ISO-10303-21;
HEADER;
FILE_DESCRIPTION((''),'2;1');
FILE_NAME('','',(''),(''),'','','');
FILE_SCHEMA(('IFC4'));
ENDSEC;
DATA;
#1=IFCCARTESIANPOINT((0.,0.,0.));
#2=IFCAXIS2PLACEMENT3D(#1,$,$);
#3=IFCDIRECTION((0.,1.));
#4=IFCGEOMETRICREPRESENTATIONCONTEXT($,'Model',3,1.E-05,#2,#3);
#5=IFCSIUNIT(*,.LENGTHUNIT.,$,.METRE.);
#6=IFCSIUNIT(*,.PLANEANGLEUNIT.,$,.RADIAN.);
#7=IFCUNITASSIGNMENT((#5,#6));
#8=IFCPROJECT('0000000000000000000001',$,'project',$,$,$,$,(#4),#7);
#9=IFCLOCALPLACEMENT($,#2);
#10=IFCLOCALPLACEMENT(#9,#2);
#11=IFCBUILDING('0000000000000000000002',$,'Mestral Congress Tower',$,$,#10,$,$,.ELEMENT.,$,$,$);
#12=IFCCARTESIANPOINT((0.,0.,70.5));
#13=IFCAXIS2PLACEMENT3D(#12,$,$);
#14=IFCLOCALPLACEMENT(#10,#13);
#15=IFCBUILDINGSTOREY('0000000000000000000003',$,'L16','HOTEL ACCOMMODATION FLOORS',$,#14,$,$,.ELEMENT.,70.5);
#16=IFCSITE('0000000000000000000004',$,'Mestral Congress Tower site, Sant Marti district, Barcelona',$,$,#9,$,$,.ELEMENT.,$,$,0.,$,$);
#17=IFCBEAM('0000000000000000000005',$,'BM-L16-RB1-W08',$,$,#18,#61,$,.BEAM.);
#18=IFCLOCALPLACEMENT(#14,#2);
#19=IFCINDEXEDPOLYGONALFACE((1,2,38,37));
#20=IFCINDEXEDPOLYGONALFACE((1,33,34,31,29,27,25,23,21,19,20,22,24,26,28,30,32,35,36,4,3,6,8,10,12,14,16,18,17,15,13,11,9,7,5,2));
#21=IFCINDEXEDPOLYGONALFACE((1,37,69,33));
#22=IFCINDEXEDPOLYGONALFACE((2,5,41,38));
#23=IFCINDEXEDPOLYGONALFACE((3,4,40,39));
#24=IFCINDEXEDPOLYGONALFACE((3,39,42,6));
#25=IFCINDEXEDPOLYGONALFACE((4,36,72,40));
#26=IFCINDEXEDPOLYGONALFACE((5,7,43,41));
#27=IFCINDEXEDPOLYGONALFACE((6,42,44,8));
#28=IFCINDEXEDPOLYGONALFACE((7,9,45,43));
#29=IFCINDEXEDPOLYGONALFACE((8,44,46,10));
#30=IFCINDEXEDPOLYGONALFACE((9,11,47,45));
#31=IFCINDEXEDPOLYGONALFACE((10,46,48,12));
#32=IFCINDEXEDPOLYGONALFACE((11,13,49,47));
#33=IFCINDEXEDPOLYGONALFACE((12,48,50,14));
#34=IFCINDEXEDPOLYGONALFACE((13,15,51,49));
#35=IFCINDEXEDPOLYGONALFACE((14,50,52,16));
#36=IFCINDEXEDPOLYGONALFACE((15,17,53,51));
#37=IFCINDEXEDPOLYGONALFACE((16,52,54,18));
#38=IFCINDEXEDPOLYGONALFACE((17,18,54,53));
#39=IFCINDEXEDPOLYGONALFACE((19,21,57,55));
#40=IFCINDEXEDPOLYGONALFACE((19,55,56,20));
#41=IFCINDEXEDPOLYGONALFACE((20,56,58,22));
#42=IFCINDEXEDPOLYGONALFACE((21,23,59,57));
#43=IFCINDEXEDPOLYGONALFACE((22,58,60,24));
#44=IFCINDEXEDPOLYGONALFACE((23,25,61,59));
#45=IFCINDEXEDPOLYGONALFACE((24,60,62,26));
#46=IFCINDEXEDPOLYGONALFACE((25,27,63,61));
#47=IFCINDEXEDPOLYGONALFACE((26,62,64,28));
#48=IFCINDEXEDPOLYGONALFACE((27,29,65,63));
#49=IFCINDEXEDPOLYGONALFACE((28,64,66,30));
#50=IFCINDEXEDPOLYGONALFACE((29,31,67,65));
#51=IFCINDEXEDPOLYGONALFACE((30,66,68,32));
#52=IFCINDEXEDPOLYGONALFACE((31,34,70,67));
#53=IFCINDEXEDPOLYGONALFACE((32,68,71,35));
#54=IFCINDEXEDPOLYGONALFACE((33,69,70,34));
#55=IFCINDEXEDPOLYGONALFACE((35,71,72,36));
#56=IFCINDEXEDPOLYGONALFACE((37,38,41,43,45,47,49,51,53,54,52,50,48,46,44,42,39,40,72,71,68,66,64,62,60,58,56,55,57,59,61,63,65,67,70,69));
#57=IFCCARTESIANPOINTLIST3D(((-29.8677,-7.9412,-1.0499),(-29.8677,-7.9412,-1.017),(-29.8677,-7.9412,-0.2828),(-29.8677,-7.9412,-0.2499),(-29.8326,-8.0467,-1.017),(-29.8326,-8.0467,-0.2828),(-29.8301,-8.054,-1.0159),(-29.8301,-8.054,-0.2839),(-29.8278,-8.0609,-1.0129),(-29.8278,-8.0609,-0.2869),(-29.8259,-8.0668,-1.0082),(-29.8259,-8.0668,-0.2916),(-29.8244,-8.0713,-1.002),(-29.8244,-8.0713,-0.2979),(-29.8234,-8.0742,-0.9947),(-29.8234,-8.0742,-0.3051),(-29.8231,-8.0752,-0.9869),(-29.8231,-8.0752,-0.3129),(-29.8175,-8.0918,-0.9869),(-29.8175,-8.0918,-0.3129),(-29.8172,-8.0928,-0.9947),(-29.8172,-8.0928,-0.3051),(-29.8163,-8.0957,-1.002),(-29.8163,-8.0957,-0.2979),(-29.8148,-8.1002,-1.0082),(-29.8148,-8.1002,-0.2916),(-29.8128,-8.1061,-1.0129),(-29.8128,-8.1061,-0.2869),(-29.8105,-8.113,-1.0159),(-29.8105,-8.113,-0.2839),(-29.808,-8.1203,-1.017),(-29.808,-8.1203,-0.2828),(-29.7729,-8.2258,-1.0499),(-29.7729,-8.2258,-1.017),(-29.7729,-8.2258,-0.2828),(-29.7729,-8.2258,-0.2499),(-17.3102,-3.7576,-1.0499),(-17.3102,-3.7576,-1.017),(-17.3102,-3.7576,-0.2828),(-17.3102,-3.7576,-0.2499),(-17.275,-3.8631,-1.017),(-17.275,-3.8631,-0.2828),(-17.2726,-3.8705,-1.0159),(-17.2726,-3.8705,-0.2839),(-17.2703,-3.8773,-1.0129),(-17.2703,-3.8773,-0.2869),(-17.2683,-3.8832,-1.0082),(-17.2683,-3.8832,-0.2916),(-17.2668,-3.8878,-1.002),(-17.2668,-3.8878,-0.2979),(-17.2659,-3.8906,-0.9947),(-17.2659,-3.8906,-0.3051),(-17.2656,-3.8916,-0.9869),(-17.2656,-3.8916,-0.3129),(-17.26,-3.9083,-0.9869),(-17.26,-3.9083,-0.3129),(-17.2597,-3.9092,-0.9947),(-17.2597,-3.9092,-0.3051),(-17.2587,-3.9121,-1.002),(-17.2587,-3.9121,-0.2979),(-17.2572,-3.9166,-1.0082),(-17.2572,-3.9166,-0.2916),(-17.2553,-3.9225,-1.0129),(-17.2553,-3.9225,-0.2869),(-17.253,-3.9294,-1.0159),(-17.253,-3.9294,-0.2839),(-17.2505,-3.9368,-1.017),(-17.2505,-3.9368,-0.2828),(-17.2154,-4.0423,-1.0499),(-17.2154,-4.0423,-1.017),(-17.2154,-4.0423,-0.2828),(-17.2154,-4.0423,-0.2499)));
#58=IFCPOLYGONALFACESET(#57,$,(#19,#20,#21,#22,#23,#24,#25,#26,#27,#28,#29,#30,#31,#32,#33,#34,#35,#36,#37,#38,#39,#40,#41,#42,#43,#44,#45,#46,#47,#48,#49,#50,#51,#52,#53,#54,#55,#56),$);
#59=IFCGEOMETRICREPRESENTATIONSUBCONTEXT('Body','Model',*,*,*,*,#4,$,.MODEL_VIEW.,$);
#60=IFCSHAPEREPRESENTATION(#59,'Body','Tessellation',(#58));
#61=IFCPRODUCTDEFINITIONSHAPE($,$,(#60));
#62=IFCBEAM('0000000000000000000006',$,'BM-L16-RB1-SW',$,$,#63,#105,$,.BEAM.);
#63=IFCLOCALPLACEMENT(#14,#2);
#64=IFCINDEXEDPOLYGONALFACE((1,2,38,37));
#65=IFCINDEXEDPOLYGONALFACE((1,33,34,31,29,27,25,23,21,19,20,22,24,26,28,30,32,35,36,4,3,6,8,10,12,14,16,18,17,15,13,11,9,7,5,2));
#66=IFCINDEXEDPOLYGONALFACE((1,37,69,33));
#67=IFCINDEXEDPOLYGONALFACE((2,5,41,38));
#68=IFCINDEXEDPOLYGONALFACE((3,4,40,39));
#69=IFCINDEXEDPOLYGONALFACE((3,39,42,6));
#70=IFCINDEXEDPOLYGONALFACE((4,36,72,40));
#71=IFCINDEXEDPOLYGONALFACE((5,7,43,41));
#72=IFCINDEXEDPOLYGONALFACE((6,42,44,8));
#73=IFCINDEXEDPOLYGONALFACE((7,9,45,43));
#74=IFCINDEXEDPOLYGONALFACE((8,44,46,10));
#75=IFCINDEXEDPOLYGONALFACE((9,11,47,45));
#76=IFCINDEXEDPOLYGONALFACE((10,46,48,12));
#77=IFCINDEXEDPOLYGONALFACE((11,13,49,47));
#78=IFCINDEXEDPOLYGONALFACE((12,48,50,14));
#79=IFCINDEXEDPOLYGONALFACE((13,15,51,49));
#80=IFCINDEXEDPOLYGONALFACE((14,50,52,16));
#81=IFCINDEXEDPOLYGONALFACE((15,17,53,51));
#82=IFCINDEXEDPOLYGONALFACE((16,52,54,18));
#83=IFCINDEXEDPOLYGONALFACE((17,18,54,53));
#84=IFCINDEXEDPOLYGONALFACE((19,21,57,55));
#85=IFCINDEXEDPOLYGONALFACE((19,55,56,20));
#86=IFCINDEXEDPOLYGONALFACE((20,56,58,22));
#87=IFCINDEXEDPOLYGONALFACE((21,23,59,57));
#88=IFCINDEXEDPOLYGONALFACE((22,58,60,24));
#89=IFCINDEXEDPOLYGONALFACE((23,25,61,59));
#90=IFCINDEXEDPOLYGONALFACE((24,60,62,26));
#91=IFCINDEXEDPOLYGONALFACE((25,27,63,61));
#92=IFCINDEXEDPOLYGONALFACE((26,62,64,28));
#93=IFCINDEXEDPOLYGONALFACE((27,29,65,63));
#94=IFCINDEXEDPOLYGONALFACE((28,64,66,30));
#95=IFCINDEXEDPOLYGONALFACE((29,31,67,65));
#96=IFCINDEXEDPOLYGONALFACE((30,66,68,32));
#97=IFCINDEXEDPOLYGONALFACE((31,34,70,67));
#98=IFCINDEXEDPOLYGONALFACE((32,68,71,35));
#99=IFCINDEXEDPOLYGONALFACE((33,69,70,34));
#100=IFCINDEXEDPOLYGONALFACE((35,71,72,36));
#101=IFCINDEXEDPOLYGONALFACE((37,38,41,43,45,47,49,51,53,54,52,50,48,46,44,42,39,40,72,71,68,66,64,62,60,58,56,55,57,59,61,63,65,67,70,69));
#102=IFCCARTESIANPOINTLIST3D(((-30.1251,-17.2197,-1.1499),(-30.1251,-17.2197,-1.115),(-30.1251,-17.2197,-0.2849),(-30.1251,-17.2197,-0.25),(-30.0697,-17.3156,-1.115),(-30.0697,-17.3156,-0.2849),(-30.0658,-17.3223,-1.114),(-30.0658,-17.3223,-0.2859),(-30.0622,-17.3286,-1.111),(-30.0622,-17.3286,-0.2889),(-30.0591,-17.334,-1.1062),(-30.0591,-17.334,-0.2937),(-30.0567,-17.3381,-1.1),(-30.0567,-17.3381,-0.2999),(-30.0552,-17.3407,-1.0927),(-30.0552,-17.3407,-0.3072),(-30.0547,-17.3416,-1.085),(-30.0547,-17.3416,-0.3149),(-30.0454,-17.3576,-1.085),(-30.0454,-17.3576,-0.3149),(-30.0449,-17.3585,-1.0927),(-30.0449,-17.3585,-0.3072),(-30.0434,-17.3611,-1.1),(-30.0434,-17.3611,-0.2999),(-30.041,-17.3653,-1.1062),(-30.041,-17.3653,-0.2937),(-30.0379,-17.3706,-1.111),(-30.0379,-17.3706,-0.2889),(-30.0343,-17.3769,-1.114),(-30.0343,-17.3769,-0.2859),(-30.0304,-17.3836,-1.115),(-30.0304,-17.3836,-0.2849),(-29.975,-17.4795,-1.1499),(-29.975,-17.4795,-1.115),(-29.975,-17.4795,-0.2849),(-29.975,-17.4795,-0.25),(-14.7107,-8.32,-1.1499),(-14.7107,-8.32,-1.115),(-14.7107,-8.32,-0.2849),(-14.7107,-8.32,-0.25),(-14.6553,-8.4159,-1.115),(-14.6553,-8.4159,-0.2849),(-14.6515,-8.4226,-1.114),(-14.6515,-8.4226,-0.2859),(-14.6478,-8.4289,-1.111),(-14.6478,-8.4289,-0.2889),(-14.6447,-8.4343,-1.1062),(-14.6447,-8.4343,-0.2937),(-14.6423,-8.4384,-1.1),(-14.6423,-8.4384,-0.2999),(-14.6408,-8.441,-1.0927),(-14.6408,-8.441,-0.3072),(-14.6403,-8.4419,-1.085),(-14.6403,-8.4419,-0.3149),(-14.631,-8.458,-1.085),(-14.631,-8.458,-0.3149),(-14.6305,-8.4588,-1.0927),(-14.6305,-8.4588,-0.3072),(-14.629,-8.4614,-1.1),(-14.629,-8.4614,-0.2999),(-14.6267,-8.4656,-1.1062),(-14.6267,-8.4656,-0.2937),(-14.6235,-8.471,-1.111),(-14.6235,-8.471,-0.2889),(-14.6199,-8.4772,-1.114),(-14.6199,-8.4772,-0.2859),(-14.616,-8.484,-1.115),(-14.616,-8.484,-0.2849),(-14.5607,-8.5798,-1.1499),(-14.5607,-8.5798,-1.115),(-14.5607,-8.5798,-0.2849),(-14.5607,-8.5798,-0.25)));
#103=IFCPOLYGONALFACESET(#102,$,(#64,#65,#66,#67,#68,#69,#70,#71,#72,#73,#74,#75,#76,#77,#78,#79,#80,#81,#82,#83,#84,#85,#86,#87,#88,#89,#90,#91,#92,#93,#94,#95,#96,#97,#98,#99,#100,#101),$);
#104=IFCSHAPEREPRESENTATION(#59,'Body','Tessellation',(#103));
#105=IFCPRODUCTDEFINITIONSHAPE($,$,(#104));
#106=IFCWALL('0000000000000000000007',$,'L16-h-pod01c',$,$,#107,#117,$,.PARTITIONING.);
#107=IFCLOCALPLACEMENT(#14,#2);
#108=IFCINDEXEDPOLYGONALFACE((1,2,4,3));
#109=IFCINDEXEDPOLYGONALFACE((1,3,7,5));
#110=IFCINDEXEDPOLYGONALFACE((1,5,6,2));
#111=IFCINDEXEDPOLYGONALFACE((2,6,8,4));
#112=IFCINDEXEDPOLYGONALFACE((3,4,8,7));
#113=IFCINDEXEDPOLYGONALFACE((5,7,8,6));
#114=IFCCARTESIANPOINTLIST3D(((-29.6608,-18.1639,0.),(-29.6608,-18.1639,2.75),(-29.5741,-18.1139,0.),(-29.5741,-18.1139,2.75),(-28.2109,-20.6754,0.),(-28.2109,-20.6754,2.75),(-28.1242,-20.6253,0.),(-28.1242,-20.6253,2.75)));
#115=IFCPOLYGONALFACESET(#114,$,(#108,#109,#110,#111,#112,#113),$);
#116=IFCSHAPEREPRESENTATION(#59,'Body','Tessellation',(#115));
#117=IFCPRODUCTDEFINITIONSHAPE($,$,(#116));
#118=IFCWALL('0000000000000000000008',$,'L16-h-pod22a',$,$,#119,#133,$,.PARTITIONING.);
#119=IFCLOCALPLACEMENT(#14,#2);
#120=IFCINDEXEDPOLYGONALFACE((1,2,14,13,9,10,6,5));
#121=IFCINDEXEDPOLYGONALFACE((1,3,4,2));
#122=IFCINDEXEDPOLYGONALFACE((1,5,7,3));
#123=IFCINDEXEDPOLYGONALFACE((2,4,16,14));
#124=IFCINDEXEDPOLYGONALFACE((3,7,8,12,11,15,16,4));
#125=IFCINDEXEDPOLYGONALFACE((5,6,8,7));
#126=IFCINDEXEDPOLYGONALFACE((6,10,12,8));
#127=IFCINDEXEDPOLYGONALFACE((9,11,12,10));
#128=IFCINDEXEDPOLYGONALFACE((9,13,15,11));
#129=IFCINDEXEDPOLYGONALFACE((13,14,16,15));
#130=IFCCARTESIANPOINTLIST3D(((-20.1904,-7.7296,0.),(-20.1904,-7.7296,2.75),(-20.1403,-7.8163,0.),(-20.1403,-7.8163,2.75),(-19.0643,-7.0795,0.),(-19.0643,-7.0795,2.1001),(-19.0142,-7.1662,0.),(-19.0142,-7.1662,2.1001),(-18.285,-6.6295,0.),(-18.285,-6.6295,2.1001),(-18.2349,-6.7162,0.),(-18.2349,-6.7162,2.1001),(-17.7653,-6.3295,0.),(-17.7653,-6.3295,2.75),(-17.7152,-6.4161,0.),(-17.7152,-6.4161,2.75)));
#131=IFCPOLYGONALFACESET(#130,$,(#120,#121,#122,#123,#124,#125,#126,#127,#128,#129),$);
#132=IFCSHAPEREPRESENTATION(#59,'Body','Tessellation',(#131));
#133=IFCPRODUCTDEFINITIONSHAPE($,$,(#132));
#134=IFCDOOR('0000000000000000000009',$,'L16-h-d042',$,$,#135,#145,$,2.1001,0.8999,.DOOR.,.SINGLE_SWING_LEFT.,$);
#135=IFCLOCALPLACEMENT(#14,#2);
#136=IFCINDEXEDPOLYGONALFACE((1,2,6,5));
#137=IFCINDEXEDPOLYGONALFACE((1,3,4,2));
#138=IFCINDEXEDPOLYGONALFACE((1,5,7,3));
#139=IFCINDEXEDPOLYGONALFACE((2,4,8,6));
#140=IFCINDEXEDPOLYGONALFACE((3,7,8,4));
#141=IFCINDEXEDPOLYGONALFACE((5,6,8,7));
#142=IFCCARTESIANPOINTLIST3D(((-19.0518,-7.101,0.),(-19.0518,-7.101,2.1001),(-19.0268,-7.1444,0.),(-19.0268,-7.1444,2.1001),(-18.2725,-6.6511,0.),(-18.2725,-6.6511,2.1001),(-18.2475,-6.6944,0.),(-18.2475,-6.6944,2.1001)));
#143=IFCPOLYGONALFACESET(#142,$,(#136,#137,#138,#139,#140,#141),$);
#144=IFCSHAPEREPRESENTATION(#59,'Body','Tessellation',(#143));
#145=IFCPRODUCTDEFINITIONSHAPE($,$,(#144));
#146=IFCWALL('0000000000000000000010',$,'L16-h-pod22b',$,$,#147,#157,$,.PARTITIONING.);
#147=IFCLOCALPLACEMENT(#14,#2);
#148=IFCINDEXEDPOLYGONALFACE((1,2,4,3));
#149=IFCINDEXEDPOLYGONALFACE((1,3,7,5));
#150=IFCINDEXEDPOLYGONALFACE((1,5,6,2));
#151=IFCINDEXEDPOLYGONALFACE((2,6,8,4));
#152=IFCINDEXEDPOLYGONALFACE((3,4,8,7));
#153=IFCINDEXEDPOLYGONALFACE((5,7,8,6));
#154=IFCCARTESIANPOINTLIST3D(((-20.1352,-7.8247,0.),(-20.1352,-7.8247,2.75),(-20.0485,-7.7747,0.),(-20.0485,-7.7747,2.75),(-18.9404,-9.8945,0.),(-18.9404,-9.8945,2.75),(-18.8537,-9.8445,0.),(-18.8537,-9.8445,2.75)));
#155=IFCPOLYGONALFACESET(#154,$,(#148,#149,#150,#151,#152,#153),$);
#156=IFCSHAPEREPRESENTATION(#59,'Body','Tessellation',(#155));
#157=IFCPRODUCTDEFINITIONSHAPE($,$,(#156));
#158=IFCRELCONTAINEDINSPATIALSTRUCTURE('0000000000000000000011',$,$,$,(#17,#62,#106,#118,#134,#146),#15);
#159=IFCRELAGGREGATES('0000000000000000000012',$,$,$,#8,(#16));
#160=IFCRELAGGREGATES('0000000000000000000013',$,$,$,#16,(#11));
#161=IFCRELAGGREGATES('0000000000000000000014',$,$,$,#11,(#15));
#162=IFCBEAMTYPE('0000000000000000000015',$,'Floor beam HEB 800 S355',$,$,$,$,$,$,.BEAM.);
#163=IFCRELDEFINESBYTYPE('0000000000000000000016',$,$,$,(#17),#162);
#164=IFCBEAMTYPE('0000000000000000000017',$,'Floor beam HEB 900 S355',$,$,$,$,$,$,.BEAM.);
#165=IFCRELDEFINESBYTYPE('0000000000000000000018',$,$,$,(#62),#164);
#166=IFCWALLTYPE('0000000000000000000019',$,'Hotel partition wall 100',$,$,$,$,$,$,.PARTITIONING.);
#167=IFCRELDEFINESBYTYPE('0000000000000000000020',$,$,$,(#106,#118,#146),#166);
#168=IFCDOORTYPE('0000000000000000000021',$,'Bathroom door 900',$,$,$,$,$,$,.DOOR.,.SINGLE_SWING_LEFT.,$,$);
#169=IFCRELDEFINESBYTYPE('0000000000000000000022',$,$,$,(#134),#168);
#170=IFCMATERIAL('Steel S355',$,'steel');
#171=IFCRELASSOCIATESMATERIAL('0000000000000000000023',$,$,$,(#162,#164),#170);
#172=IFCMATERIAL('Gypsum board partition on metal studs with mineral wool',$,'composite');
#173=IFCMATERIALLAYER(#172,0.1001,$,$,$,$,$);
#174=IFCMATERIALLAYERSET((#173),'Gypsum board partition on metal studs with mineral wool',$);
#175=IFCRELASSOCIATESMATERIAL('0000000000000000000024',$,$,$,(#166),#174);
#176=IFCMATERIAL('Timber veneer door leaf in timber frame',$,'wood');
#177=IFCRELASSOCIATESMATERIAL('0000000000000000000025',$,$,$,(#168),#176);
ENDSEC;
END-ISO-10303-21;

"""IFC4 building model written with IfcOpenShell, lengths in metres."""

from ifc_helpers import new_model, si_unit, direction, frame, frame_2d, origin, origin_2d, place, context, subcontext, project, spatial, rectangle, i_section, extrude, material, layer, layer_set, material_profile, profile_set, type_object, element, fill, save


model = new_model("IFC4")

# Units and contexts
model_context = context("Model", 3, precision=1e-05, world=origin(), true_north=direction((0.0, 1.0)))
body_context = subcontext(model_context, "Body", "Model", "MODEL_VIEW")
ifc_project = project(units=[si_unit("LENGTHUNIT", "METRE"), si_unit("PLANEANGLEUNIT", "RADIAN")], contexts=[model_context])

# Site, building, storey
site_placement = place(None, origin())
site = spatial("IfcSite", under=ifc_project, at=site_placement, Name="Mestral Congress Tower site, Sant Marti district, Barcelona", CompositionType="ELEMENT", RefElevation=0.0)
building_placement = place(site_placement, origin())
building = spatial("IfcBuilding", under=site, at=building_placement, Name="Mestral Congress Tower", CompositionType="ELEMENT")
storey_placement = place(building_placement, frame((0.0, 0.0, 70.5)))
storey = spatial("IfcBuildingStorey", under=building, at=storey_placement, Name="L16", Description="HOTEL ACCOMMODATION FLOORS", CompositionType="ELEMENT", Elevation=70.5)

# Beams
ifc_material_1 = material(Name="Steel S355", Category="steel")
ifc_material_profile_1 = material_profile(ifc_material_1, i_section(OverallWidth=0.3, OverallDepth=0.8, WebThickness=0.0176, FlangeThickness=0.033, FilletRadius=0.03, at=origin_2d()), Name="HEB 800")
ifc_profile_set_1 = profile_set([ifc_material_profile_1], Name="Steel S355")
beam_type_1 = type_object("IfcBeamType", Name="Floor beam HEB 800 S355", PredefinedType="BEAM", material=ifc_profile_set_1)
beam_1_placement = place(storey_placement, frame((-29.8203, -8.0835, -0.6499), z_axis=(0.948735, 0.316073, 0.0), x_axis=(-0.316073, 0.948735, 0.0)))
element("IfcBeam", 1, at=beam_1_placement, inside=storey, type_object=beam_type_1, Name="BM-L16-RB1-W08", PredefinedType="BEAM", context=body_context, shape_type="SweptSolid", body=[
    extrude(i_section(OverallWidth=0.3, OverallDepth=0.8, WebThickness=0.0176, FlangeThickness=0.033, FilletRadius=0.03, at=origin_2d()), origin(), (0.0, 0.0, 1.0), 13.2361),
])
ifc_material_profile_2 = material_profile(ifc_material_1, i_section(OverallWidth=0.3, OverallDepth=0.8999, WebThickness=0.0186, FlangeThickness=0.0349, FilletRadius=0.03, at=origin_2d()), Name="HEB 900")
ifc_profile_set_2 = profile_set([ifc_material_profile_2], Name="Steel S355")
beam_type_2 = type_object("IfcBeamType", Name="Floor beam HEB 900 S355", PredefinedType="BEAM", material=ifc_profile_set_2)
beam_2_placement = place(storey_placement, frame((-30.05, -17.3496, -0.7), z_axis=(0.86602, 0.500009, 0.0), x_axis=(-0.500009, 0.86602, 0.0)))
element("IfcBeam", 2, at=beam_2_placement, inside=storey, type_object=beam_type_2, Name="BM-L16-RB1-SW", PredefinedType="BEAM", context=body_context, shape_type="SweptSolid", body=[
    extrude(i_section(OverallWidth=0.3, OverallDepth=0.8999, WebThickness=0.0186, FlangeThickness=0.0349, FilletRadius=0.03, at=origin_2d()), origin(), (0.0, 0.0, 1.0), 17.7991),
])

# Wall
ifc_material_2 = material(Name="Gypsum board partition on metal studs with mineral wool", Category="composite")
ifc_layer_1 = layer(ifc_material_2, 0.1001)
ifc_layer_set_1 = layer_set([ifc_layer_1], Name="Gypsum board partition on metal studs with mineral wool")
wall_type_1 = type_object("IfcWallType", Name="Hotel partition wall 100", PredefinedType="PARTITIONING", material=ifc_layer_set_1)
wall_1_placement = place(storey_placement, frame((-29.6174, -18.1389, 0.0), z_axis=(0.0, 0.0, 1.0), x_axis=(0.499987, -0.866033, 0.0)))
element("IfcWall", 3, at=wall_1_placement, inside=storey, type_object=wall_type_1, Name="L16-h-pod01c", PredefinedType="PARTITIONING", context=body_context, shape_type="SweptSolid", body=[
    extrude(rectangle(XDim=2.8999, YDim=0.1001, at=frame_2d((1.45, 0.0))), origin(), (0.0, 0.0, 1.0), 2.75),
])

# Wall, opening, door
wall_2_placement = place(storey_placement, frame((-17.7402, -6.3728, 0.0), z_axis=(0.0, 0.0, 1.0), x_axis=(-0.866019, -0.500012, 0.0)))
wall_2 = element("IfcWall", 4, at=wall_2_placement, inside=storey, type_object=wall_type_1, Name="L16-h-pod22a", PredefinedType="PARTITIONING", context=body_context, shape_type="SweptSolid", body=[
    extrude(rectangle(XDim=2.8003, YDim=0.1001, at=frame_2d((1.4001, 0.0))), origin(), (0.0, 0.0, 1.0), 2.75),
])
opening_1_placement = place(wall_2_placement, frame((0.6001, 0.0, 0.0)))
opening_1 = element("IfcOpeningElement", 5, at=opening_1_placement, cuts=wall_2, PredefinedType="OPENING", context=body_context, shape_type="SweptSolid", body=[
    extrude(rectangle(XDim=0.8999, YDim=2.1001, at=frame_2d((0.45, 1.05))), frame((0.0, 0.0601, 0.0), z_axis=(0.0, -1.0, 0.0), x_axis=(1.0, 0.0, 0.0)), (0.0, 0.0, 1.0), 0.1201),
])
ifc_material_3 = material(Name="Timber veneer door leaf in timber frame", Category="wood")
door_type_1 = type_object("IfcDoorType", Name="Bathroom door 900", OperationType="SINGLE_SWING_LEFT", PredefinedType="DOOR", material=ifc_material_3)
door_1_placement = place(opening_1_placement, origin())
door_1 = element("IfcDoor", 6, at=door_1_placement, inside=storey, type_object=door_type_1, Name="L16-h-d042", OperationType="SINGLE_SWING_LEFT", OverallHeight=2.1001, OverallWidth=0.8999, PredefinedType="DOOR", context=body_context, shape_type="SweptSolid", body=[
    extrude(rectangle(XDim=0.8999, YDim=2.1001, at=frame_2d((0.45, 1.05))), frame((0.0, 0.0249, 0.0), z_axis=(0.0, -1.0, 0.0), x_axis=(1.0, 0.0, 0.0)), (0.0, 0.0, 1.0), 0.05),
])
fill(opening_1, door_1)

# Wall
wall_3_placement = place(storey_placement, frame((-20.0918, -7.7998, 0.0), z_axis=(0.0, 0.0, 1.0), x_axis=(0.499941, -0.86606, 0.0)))
element("IfcWall", 7, at=wall_3_placement, inside=storey, type_object=wall_type_1, Name="L16-h-pod22b", PredefinedType="PARTITIONING", context=body_context, shape_type="SweptSolid", body=[
    extrude(rectangle(XDim=2.3899, YDim=0.1001, at=frame_2d((1.1948, 0.0))), origin(), (0.0, 0.0, 1.0), 2.75),
])

save(model, "model.ifc")
